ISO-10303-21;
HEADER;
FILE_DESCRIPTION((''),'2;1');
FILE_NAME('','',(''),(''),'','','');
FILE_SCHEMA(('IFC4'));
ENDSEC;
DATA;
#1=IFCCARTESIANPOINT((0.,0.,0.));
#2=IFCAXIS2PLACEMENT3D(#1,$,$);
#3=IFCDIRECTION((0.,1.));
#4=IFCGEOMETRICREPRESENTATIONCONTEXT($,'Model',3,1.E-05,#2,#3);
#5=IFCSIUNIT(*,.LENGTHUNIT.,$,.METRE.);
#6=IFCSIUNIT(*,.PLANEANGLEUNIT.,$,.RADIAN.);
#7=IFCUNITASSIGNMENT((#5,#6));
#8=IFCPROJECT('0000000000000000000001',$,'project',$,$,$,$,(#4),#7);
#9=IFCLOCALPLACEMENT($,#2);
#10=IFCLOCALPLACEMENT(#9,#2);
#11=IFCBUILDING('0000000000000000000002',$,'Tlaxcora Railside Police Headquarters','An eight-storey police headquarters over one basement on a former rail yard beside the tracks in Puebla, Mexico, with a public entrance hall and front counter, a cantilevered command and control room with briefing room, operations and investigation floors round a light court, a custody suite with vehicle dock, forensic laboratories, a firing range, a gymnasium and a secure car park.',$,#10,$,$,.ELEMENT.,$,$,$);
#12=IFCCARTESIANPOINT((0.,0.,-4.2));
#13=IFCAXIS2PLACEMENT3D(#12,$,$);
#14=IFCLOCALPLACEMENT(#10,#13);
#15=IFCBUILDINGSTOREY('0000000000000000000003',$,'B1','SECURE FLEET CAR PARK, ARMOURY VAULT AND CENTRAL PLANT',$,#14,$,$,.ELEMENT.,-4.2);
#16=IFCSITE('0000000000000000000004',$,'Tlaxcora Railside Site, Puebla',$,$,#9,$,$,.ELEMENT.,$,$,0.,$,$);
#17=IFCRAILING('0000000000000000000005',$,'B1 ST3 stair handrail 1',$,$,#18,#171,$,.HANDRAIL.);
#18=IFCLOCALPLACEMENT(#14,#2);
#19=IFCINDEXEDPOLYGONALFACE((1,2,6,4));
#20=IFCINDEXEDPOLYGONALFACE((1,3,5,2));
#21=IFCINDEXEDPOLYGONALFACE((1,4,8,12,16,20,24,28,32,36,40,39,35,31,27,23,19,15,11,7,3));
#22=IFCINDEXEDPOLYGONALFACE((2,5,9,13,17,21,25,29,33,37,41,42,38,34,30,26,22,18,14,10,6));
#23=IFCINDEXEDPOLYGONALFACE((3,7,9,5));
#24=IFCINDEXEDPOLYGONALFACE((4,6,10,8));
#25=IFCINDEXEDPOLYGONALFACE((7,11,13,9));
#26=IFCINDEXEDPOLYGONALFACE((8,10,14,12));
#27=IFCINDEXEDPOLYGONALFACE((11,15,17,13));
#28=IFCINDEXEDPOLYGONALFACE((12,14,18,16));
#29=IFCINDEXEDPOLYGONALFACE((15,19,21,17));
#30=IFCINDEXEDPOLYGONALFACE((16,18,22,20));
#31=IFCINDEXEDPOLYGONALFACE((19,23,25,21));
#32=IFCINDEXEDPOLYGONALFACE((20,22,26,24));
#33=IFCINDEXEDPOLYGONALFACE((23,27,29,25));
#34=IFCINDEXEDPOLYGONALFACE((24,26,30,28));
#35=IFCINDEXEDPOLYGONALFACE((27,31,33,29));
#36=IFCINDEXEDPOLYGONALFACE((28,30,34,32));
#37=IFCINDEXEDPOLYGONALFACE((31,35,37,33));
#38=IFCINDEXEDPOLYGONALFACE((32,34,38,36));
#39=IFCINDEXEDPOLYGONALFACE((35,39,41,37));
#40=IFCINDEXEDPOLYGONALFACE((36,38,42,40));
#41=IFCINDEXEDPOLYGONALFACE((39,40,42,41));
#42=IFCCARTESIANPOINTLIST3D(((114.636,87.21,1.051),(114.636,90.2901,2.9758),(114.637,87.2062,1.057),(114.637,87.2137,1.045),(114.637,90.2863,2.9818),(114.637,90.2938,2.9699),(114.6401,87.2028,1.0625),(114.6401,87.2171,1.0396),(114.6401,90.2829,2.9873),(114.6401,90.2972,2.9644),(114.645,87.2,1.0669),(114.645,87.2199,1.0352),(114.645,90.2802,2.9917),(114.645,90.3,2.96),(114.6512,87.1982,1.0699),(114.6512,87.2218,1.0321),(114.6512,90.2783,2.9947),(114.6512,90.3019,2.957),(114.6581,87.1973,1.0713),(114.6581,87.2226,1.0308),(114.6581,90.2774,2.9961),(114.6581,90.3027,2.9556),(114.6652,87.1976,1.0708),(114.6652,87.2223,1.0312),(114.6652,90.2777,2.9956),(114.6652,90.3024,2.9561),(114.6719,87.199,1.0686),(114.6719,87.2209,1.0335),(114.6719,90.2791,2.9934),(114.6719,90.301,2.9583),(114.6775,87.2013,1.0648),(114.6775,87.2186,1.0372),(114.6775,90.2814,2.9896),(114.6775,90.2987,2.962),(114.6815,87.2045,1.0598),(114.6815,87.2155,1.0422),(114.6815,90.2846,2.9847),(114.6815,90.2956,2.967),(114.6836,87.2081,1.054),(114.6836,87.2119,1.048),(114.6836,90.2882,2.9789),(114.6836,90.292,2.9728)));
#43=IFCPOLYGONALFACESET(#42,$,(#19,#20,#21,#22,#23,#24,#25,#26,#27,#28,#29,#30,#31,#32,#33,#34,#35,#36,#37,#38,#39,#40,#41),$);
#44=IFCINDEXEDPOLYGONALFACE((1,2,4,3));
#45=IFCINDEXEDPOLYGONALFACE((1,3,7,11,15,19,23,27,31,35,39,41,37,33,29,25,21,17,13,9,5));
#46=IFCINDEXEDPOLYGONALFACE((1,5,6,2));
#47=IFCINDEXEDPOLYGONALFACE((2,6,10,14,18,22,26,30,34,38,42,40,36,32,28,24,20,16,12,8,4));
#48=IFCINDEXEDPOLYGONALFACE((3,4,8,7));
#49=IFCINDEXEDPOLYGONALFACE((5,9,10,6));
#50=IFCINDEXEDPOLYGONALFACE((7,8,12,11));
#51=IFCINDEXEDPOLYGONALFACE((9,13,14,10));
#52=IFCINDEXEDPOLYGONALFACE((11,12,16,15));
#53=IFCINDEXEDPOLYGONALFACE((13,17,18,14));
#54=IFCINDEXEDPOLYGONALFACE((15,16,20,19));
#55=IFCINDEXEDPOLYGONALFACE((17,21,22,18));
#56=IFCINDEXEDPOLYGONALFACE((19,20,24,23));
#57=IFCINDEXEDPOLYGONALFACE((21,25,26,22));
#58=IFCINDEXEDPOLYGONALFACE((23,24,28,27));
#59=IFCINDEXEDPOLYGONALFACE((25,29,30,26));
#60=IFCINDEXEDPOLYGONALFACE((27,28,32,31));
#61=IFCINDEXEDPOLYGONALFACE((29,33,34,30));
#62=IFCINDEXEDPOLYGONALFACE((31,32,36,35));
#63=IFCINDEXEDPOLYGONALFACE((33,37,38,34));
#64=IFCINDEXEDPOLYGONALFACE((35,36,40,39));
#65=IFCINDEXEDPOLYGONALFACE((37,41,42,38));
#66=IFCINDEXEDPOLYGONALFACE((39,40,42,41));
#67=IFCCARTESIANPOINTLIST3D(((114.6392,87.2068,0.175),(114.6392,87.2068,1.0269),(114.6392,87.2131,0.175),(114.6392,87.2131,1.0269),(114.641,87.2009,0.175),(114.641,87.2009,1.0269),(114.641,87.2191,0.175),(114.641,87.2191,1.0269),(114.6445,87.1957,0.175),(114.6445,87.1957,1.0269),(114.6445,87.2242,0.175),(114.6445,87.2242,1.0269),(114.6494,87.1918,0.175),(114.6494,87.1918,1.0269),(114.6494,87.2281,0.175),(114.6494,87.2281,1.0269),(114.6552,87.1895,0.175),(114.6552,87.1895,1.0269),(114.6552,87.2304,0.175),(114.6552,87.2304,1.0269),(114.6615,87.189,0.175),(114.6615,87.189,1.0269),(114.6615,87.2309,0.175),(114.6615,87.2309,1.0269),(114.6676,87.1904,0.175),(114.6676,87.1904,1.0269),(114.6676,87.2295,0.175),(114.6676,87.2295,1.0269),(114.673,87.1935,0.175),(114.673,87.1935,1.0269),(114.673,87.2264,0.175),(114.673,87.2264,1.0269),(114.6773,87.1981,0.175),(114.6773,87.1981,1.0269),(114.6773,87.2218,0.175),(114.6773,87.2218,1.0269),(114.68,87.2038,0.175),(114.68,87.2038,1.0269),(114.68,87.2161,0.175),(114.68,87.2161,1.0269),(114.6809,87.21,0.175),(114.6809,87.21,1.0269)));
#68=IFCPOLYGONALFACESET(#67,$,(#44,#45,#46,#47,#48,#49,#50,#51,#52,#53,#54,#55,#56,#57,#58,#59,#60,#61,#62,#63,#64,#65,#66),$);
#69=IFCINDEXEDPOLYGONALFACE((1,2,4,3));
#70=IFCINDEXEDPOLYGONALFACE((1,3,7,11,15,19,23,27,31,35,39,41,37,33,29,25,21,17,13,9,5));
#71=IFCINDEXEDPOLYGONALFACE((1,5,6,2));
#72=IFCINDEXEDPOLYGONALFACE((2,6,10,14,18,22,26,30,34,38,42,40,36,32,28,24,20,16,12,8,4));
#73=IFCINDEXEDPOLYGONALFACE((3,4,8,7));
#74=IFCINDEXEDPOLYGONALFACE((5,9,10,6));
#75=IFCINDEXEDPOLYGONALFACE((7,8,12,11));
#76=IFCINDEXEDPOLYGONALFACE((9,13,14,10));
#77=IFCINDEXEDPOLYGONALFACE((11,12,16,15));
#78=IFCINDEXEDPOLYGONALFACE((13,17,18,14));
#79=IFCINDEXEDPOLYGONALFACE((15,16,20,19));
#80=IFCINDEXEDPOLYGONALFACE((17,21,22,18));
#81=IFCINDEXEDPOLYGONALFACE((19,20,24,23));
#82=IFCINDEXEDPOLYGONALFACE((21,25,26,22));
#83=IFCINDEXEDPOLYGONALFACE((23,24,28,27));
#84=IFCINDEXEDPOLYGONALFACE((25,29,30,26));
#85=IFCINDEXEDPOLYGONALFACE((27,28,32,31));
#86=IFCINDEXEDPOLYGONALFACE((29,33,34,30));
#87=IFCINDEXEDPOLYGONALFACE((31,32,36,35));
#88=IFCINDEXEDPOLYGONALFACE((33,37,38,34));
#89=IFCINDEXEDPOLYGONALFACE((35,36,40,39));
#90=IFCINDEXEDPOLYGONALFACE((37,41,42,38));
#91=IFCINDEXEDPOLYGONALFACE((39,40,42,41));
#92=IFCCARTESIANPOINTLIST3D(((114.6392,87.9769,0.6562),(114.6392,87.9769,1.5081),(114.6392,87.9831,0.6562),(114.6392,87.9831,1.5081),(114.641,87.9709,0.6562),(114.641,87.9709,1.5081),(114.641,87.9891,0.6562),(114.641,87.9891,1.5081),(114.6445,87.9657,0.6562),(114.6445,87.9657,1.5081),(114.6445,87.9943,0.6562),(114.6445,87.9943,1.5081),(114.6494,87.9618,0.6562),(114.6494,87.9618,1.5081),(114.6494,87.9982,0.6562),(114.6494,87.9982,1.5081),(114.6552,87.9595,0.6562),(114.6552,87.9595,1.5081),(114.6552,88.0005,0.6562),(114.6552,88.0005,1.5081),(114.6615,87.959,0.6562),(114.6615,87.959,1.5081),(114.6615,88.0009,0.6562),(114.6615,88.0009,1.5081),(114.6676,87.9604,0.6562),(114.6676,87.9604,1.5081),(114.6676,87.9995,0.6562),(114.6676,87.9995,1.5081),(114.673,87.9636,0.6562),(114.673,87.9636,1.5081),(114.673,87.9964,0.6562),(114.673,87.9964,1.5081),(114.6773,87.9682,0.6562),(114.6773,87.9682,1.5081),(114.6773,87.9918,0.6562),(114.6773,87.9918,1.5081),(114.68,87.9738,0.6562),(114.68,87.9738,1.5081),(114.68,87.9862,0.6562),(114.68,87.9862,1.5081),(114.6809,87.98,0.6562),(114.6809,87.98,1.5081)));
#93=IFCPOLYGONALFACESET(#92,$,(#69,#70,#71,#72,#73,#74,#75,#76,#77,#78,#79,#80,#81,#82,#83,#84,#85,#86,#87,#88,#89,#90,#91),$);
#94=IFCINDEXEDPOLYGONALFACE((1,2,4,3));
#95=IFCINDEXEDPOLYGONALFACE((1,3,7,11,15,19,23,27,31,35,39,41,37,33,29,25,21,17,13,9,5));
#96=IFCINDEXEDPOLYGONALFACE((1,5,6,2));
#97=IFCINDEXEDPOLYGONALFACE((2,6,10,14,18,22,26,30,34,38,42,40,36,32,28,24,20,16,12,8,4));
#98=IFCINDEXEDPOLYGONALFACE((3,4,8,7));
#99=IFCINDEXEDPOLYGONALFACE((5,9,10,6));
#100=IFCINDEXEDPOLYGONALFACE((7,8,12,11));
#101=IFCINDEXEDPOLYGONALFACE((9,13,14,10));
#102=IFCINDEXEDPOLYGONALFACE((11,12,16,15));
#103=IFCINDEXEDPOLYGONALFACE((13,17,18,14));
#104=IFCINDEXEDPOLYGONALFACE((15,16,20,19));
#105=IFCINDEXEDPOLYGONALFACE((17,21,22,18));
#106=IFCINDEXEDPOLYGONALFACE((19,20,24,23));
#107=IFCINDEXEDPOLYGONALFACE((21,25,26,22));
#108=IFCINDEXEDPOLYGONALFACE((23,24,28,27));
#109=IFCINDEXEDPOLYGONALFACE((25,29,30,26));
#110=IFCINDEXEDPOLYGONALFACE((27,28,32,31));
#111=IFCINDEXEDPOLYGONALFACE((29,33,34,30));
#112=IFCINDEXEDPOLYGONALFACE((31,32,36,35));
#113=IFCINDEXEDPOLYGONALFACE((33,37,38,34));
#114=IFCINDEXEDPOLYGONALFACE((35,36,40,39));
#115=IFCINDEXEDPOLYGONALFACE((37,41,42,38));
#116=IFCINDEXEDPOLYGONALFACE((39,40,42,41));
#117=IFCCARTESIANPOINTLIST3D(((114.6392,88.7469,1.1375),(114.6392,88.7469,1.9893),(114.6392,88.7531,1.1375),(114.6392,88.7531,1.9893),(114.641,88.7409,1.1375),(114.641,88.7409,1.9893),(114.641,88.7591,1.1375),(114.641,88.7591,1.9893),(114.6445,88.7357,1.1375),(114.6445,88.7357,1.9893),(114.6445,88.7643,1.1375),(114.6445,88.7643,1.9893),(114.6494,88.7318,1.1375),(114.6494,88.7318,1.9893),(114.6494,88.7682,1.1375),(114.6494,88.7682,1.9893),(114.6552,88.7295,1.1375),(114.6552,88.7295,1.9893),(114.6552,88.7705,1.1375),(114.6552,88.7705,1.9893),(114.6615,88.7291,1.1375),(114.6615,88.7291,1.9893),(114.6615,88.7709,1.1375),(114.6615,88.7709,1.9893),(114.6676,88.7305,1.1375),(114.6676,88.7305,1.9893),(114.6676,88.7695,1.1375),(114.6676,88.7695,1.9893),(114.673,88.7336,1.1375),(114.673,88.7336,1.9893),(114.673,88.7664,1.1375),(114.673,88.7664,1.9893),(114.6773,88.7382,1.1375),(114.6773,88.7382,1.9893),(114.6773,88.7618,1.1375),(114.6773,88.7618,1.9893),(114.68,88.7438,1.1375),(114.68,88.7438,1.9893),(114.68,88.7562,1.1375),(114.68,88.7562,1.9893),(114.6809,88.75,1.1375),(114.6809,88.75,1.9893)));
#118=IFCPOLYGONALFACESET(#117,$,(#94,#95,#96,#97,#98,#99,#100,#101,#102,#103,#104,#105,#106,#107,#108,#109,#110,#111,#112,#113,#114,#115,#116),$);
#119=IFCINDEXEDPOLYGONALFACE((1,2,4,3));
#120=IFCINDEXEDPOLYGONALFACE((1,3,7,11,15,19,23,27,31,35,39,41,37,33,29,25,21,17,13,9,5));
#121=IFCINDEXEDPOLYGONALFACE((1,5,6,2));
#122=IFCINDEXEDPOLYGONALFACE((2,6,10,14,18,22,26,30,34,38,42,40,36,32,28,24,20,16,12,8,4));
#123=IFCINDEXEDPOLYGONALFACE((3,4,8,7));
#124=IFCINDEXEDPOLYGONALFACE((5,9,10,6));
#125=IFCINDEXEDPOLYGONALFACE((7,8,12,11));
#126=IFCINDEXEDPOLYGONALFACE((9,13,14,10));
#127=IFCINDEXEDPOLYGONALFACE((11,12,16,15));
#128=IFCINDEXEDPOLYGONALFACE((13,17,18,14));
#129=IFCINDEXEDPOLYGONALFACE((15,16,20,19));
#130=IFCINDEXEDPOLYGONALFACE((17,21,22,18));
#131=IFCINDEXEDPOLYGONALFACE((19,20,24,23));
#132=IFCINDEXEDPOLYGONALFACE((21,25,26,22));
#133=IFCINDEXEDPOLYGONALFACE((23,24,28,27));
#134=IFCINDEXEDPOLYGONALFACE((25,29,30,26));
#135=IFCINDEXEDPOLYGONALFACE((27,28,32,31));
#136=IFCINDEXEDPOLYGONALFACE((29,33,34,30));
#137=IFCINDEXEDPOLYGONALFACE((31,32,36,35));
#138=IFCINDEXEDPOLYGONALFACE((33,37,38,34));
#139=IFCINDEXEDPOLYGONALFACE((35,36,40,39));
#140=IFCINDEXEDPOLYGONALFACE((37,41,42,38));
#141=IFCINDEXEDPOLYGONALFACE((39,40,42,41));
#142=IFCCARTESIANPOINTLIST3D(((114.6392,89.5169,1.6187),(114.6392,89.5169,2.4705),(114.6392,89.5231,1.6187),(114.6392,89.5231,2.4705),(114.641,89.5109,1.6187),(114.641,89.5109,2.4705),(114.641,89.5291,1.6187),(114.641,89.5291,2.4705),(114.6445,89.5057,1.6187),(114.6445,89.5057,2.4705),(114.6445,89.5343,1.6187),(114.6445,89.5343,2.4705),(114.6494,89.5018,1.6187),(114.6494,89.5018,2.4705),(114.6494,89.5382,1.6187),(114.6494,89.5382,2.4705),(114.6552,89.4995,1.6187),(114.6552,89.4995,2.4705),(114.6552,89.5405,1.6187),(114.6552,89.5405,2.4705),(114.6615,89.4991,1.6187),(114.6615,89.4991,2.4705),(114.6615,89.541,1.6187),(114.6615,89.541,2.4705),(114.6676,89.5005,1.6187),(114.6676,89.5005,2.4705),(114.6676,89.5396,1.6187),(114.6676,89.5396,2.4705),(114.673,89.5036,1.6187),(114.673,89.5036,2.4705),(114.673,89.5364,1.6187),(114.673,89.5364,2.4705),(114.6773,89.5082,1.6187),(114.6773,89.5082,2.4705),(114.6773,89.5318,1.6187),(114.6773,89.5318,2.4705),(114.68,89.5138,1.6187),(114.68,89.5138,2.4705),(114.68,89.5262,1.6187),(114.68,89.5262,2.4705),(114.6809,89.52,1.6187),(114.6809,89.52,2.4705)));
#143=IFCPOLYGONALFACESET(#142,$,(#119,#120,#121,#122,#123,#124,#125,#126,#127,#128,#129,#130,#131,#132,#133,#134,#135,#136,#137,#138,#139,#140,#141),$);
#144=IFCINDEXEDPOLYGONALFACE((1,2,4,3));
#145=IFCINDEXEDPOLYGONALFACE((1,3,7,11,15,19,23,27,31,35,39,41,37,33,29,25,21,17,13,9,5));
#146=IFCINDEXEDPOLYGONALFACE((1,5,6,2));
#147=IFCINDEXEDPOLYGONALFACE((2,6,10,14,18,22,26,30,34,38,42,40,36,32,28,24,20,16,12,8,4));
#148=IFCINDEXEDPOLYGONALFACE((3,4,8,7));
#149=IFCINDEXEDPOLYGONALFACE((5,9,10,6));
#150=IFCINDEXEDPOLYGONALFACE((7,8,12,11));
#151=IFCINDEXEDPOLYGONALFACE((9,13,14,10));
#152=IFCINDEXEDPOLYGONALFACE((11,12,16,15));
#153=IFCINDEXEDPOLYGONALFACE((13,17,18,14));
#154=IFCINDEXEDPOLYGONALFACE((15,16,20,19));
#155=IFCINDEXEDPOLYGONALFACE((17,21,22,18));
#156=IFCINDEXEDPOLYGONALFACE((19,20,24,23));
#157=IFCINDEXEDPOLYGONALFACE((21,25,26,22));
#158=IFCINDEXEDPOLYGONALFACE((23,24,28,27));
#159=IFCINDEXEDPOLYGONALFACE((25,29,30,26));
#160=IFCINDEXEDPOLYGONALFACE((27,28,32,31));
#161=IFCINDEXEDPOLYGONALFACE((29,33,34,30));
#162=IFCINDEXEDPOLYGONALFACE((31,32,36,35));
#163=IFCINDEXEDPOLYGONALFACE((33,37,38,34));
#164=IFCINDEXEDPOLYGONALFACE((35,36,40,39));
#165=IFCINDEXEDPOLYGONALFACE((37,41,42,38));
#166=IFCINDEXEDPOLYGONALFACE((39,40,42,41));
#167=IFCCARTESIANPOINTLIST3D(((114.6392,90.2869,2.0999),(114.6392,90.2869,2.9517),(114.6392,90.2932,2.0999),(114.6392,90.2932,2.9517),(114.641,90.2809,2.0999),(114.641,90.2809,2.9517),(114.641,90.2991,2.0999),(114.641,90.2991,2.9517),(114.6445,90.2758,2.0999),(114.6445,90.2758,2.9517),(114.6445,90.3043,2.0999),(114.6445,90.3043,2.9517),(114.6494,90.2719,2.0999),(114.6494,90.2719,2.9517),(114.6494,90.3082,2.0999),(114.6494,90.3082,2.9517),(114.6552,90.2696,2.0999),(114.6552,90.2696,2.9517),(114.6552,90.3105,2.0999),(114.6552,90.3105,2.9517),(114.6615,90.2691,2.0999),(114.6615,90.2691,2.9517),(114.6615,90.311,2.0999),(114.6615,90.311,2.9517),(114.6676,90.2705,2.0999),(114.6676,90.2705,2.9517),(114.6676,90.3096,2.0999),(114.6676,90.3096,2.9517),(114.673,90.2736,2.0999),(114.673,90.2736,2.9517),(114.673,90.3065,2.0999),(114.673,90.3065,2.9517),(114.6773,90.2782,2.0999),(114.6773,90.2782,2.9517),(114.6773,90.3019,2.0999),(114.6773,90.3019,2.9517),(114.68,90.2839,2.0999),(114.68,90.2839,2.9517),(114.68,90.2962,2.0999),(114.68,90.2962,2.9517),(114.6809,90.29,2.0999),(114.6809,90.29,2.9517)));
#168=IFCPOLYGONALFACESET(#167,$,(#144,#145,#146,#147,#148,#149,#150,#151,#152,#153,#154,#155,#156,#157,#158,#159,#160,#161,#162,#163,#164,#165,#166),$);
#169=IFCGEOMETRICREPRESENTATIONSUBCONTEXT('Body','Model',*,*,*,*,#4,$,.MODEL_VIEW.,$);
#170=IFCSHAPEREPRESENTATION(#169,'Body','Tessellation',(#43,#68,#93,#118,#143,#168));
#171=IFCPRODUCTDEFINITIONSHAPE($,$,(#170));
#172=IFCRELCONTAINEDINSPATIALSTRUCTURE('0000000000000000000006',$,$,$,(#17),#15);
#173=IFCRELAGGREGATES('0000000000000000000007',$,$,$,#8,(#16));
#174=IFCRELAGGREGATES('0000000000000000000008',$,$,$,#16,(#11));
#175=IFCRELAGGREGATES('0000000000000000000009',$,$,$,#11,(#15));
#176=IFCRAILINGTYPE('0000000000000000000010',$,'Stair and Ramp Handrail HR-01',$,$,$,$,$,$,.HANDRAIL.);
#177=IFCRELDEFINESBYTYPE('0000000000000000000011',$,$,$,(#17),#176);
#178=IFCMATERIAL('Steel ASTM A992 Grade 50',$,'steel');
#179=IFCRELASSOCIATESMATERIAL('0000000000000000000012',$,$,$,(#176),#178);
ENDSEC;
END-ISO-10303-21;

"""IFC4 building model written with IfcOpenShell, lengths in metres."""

from ifc_helpers import new_model, si_unit, direction, frame, origin, origin_2d, place, context, subcontext, project, spatial, circle, extrude, material, type_object, element, save


model = new_model("IFC4")

# Units and contexts
model_context = context("Model", 3, precision=1e-05, world=origin(), true_north=direction((0.0, 1.0)))
body_context = subcontext(model_context, "Body", "Model", "MODEL_VIEW")
ifc_project = project(units=[si_unit("LENGTHUNIT", "METRE"), si_unit("PLANEANGLEUNIT", "RADIAN")], contexts=[model_context])

# Site, building, storey
site_placement = place(None, origin())
site = spatial("IfcSite", under=ifc_project, at=site_placement, Name="Tlaxcora Railside Site, Puebla", CompositionType="ELEMENT", RefElevation=0.0)
building_placement = place(site_placement, origin())
building = spatial("IfcBuilding", under=site, at=building_placement, Name="Tlaxcora Railside Police Headquarters", Description="An eight-storey police headquarters over one basement on a former rail yard beside the tracks in Puebla, Mexico, with a public entrance hall and front counter, a cantilevered command and control room with briefing room, operations and investigation floors round a light court, a custody suite with vehicle dock, forensic laboratories, a firing range, a gymnasium and a secure car park.", CompositionType="ELEMENT")
storey_placement = place(building_placement, frame((0.0, 0.0, -4.2)))
storey = spatial("IfcBuildingStorey", under=building, at=storey_placement, Name="B1", Description="SECURE FLEET CAR PARK, ARMOURY VAULT AND CENTRAL PLANT", CompositionType="ELEMENT", Elevation=-4.2)

# Shared definitions
ifc_material_1 = material(Name="Steel ASTM A992 Grade 50", Category="steel")

# Railing
railing_type_1 = type_object("IfcRailingType", Name="Stair and Ramp Handrail HR-01", PredefinedType="HANDRAIL", material=ifc_material_1)
railing_1_placement = place(storey_placement, frame((114.6599, 87.21, 0.175)))
element("IfcRailing", 1, at=railing_1_placement, inside=storey, type_object=railing_type_1, Name="B1 ST3 stair handrail 1", PredefinedType="HANDRAIL", context=body_context, shape_type="SweptSolid", body=[
    extrude(circle(Radius=0.0239, at=origin_2d()), frame((0.0, 0.0, 0.876), z_axis=(0.0, 0.848029, 0.529951), x_axis=(-1.0, 0.0, 0.0)), (0.0, 0.0, 1.0), 3.6321),
    extrude(circle(Radius=0.021, at=origin_2d()), origin(), (0.0, 0.0, 1.0), 0.8518),
    extrude(circle(Radius=0.021, at=origin_2d()), frame((0.0, 0.77, 0.4812)), (0.0, 0.0, 1.0), 0.8518),
    extrude(circle(Radius=0.021, at=origin_2d()), frame((0.0, 1.54, 0.9624)), (0.0, 0.0, 1.0), 0.8518),
    extrude(circle(Radius=0.021, at=origin_2d()), frame((0.0, 2.3101, 1.4436)), (0.0, 0.0, 1.0), 0.8518),
    extrude(circle(Radius=0.021, at=origin_2d()), frame((0.0, 3.0801, 1.9248)), (0.0, 0.0, 1.0), 0.8518),
])

save(model, "model.ifc")
